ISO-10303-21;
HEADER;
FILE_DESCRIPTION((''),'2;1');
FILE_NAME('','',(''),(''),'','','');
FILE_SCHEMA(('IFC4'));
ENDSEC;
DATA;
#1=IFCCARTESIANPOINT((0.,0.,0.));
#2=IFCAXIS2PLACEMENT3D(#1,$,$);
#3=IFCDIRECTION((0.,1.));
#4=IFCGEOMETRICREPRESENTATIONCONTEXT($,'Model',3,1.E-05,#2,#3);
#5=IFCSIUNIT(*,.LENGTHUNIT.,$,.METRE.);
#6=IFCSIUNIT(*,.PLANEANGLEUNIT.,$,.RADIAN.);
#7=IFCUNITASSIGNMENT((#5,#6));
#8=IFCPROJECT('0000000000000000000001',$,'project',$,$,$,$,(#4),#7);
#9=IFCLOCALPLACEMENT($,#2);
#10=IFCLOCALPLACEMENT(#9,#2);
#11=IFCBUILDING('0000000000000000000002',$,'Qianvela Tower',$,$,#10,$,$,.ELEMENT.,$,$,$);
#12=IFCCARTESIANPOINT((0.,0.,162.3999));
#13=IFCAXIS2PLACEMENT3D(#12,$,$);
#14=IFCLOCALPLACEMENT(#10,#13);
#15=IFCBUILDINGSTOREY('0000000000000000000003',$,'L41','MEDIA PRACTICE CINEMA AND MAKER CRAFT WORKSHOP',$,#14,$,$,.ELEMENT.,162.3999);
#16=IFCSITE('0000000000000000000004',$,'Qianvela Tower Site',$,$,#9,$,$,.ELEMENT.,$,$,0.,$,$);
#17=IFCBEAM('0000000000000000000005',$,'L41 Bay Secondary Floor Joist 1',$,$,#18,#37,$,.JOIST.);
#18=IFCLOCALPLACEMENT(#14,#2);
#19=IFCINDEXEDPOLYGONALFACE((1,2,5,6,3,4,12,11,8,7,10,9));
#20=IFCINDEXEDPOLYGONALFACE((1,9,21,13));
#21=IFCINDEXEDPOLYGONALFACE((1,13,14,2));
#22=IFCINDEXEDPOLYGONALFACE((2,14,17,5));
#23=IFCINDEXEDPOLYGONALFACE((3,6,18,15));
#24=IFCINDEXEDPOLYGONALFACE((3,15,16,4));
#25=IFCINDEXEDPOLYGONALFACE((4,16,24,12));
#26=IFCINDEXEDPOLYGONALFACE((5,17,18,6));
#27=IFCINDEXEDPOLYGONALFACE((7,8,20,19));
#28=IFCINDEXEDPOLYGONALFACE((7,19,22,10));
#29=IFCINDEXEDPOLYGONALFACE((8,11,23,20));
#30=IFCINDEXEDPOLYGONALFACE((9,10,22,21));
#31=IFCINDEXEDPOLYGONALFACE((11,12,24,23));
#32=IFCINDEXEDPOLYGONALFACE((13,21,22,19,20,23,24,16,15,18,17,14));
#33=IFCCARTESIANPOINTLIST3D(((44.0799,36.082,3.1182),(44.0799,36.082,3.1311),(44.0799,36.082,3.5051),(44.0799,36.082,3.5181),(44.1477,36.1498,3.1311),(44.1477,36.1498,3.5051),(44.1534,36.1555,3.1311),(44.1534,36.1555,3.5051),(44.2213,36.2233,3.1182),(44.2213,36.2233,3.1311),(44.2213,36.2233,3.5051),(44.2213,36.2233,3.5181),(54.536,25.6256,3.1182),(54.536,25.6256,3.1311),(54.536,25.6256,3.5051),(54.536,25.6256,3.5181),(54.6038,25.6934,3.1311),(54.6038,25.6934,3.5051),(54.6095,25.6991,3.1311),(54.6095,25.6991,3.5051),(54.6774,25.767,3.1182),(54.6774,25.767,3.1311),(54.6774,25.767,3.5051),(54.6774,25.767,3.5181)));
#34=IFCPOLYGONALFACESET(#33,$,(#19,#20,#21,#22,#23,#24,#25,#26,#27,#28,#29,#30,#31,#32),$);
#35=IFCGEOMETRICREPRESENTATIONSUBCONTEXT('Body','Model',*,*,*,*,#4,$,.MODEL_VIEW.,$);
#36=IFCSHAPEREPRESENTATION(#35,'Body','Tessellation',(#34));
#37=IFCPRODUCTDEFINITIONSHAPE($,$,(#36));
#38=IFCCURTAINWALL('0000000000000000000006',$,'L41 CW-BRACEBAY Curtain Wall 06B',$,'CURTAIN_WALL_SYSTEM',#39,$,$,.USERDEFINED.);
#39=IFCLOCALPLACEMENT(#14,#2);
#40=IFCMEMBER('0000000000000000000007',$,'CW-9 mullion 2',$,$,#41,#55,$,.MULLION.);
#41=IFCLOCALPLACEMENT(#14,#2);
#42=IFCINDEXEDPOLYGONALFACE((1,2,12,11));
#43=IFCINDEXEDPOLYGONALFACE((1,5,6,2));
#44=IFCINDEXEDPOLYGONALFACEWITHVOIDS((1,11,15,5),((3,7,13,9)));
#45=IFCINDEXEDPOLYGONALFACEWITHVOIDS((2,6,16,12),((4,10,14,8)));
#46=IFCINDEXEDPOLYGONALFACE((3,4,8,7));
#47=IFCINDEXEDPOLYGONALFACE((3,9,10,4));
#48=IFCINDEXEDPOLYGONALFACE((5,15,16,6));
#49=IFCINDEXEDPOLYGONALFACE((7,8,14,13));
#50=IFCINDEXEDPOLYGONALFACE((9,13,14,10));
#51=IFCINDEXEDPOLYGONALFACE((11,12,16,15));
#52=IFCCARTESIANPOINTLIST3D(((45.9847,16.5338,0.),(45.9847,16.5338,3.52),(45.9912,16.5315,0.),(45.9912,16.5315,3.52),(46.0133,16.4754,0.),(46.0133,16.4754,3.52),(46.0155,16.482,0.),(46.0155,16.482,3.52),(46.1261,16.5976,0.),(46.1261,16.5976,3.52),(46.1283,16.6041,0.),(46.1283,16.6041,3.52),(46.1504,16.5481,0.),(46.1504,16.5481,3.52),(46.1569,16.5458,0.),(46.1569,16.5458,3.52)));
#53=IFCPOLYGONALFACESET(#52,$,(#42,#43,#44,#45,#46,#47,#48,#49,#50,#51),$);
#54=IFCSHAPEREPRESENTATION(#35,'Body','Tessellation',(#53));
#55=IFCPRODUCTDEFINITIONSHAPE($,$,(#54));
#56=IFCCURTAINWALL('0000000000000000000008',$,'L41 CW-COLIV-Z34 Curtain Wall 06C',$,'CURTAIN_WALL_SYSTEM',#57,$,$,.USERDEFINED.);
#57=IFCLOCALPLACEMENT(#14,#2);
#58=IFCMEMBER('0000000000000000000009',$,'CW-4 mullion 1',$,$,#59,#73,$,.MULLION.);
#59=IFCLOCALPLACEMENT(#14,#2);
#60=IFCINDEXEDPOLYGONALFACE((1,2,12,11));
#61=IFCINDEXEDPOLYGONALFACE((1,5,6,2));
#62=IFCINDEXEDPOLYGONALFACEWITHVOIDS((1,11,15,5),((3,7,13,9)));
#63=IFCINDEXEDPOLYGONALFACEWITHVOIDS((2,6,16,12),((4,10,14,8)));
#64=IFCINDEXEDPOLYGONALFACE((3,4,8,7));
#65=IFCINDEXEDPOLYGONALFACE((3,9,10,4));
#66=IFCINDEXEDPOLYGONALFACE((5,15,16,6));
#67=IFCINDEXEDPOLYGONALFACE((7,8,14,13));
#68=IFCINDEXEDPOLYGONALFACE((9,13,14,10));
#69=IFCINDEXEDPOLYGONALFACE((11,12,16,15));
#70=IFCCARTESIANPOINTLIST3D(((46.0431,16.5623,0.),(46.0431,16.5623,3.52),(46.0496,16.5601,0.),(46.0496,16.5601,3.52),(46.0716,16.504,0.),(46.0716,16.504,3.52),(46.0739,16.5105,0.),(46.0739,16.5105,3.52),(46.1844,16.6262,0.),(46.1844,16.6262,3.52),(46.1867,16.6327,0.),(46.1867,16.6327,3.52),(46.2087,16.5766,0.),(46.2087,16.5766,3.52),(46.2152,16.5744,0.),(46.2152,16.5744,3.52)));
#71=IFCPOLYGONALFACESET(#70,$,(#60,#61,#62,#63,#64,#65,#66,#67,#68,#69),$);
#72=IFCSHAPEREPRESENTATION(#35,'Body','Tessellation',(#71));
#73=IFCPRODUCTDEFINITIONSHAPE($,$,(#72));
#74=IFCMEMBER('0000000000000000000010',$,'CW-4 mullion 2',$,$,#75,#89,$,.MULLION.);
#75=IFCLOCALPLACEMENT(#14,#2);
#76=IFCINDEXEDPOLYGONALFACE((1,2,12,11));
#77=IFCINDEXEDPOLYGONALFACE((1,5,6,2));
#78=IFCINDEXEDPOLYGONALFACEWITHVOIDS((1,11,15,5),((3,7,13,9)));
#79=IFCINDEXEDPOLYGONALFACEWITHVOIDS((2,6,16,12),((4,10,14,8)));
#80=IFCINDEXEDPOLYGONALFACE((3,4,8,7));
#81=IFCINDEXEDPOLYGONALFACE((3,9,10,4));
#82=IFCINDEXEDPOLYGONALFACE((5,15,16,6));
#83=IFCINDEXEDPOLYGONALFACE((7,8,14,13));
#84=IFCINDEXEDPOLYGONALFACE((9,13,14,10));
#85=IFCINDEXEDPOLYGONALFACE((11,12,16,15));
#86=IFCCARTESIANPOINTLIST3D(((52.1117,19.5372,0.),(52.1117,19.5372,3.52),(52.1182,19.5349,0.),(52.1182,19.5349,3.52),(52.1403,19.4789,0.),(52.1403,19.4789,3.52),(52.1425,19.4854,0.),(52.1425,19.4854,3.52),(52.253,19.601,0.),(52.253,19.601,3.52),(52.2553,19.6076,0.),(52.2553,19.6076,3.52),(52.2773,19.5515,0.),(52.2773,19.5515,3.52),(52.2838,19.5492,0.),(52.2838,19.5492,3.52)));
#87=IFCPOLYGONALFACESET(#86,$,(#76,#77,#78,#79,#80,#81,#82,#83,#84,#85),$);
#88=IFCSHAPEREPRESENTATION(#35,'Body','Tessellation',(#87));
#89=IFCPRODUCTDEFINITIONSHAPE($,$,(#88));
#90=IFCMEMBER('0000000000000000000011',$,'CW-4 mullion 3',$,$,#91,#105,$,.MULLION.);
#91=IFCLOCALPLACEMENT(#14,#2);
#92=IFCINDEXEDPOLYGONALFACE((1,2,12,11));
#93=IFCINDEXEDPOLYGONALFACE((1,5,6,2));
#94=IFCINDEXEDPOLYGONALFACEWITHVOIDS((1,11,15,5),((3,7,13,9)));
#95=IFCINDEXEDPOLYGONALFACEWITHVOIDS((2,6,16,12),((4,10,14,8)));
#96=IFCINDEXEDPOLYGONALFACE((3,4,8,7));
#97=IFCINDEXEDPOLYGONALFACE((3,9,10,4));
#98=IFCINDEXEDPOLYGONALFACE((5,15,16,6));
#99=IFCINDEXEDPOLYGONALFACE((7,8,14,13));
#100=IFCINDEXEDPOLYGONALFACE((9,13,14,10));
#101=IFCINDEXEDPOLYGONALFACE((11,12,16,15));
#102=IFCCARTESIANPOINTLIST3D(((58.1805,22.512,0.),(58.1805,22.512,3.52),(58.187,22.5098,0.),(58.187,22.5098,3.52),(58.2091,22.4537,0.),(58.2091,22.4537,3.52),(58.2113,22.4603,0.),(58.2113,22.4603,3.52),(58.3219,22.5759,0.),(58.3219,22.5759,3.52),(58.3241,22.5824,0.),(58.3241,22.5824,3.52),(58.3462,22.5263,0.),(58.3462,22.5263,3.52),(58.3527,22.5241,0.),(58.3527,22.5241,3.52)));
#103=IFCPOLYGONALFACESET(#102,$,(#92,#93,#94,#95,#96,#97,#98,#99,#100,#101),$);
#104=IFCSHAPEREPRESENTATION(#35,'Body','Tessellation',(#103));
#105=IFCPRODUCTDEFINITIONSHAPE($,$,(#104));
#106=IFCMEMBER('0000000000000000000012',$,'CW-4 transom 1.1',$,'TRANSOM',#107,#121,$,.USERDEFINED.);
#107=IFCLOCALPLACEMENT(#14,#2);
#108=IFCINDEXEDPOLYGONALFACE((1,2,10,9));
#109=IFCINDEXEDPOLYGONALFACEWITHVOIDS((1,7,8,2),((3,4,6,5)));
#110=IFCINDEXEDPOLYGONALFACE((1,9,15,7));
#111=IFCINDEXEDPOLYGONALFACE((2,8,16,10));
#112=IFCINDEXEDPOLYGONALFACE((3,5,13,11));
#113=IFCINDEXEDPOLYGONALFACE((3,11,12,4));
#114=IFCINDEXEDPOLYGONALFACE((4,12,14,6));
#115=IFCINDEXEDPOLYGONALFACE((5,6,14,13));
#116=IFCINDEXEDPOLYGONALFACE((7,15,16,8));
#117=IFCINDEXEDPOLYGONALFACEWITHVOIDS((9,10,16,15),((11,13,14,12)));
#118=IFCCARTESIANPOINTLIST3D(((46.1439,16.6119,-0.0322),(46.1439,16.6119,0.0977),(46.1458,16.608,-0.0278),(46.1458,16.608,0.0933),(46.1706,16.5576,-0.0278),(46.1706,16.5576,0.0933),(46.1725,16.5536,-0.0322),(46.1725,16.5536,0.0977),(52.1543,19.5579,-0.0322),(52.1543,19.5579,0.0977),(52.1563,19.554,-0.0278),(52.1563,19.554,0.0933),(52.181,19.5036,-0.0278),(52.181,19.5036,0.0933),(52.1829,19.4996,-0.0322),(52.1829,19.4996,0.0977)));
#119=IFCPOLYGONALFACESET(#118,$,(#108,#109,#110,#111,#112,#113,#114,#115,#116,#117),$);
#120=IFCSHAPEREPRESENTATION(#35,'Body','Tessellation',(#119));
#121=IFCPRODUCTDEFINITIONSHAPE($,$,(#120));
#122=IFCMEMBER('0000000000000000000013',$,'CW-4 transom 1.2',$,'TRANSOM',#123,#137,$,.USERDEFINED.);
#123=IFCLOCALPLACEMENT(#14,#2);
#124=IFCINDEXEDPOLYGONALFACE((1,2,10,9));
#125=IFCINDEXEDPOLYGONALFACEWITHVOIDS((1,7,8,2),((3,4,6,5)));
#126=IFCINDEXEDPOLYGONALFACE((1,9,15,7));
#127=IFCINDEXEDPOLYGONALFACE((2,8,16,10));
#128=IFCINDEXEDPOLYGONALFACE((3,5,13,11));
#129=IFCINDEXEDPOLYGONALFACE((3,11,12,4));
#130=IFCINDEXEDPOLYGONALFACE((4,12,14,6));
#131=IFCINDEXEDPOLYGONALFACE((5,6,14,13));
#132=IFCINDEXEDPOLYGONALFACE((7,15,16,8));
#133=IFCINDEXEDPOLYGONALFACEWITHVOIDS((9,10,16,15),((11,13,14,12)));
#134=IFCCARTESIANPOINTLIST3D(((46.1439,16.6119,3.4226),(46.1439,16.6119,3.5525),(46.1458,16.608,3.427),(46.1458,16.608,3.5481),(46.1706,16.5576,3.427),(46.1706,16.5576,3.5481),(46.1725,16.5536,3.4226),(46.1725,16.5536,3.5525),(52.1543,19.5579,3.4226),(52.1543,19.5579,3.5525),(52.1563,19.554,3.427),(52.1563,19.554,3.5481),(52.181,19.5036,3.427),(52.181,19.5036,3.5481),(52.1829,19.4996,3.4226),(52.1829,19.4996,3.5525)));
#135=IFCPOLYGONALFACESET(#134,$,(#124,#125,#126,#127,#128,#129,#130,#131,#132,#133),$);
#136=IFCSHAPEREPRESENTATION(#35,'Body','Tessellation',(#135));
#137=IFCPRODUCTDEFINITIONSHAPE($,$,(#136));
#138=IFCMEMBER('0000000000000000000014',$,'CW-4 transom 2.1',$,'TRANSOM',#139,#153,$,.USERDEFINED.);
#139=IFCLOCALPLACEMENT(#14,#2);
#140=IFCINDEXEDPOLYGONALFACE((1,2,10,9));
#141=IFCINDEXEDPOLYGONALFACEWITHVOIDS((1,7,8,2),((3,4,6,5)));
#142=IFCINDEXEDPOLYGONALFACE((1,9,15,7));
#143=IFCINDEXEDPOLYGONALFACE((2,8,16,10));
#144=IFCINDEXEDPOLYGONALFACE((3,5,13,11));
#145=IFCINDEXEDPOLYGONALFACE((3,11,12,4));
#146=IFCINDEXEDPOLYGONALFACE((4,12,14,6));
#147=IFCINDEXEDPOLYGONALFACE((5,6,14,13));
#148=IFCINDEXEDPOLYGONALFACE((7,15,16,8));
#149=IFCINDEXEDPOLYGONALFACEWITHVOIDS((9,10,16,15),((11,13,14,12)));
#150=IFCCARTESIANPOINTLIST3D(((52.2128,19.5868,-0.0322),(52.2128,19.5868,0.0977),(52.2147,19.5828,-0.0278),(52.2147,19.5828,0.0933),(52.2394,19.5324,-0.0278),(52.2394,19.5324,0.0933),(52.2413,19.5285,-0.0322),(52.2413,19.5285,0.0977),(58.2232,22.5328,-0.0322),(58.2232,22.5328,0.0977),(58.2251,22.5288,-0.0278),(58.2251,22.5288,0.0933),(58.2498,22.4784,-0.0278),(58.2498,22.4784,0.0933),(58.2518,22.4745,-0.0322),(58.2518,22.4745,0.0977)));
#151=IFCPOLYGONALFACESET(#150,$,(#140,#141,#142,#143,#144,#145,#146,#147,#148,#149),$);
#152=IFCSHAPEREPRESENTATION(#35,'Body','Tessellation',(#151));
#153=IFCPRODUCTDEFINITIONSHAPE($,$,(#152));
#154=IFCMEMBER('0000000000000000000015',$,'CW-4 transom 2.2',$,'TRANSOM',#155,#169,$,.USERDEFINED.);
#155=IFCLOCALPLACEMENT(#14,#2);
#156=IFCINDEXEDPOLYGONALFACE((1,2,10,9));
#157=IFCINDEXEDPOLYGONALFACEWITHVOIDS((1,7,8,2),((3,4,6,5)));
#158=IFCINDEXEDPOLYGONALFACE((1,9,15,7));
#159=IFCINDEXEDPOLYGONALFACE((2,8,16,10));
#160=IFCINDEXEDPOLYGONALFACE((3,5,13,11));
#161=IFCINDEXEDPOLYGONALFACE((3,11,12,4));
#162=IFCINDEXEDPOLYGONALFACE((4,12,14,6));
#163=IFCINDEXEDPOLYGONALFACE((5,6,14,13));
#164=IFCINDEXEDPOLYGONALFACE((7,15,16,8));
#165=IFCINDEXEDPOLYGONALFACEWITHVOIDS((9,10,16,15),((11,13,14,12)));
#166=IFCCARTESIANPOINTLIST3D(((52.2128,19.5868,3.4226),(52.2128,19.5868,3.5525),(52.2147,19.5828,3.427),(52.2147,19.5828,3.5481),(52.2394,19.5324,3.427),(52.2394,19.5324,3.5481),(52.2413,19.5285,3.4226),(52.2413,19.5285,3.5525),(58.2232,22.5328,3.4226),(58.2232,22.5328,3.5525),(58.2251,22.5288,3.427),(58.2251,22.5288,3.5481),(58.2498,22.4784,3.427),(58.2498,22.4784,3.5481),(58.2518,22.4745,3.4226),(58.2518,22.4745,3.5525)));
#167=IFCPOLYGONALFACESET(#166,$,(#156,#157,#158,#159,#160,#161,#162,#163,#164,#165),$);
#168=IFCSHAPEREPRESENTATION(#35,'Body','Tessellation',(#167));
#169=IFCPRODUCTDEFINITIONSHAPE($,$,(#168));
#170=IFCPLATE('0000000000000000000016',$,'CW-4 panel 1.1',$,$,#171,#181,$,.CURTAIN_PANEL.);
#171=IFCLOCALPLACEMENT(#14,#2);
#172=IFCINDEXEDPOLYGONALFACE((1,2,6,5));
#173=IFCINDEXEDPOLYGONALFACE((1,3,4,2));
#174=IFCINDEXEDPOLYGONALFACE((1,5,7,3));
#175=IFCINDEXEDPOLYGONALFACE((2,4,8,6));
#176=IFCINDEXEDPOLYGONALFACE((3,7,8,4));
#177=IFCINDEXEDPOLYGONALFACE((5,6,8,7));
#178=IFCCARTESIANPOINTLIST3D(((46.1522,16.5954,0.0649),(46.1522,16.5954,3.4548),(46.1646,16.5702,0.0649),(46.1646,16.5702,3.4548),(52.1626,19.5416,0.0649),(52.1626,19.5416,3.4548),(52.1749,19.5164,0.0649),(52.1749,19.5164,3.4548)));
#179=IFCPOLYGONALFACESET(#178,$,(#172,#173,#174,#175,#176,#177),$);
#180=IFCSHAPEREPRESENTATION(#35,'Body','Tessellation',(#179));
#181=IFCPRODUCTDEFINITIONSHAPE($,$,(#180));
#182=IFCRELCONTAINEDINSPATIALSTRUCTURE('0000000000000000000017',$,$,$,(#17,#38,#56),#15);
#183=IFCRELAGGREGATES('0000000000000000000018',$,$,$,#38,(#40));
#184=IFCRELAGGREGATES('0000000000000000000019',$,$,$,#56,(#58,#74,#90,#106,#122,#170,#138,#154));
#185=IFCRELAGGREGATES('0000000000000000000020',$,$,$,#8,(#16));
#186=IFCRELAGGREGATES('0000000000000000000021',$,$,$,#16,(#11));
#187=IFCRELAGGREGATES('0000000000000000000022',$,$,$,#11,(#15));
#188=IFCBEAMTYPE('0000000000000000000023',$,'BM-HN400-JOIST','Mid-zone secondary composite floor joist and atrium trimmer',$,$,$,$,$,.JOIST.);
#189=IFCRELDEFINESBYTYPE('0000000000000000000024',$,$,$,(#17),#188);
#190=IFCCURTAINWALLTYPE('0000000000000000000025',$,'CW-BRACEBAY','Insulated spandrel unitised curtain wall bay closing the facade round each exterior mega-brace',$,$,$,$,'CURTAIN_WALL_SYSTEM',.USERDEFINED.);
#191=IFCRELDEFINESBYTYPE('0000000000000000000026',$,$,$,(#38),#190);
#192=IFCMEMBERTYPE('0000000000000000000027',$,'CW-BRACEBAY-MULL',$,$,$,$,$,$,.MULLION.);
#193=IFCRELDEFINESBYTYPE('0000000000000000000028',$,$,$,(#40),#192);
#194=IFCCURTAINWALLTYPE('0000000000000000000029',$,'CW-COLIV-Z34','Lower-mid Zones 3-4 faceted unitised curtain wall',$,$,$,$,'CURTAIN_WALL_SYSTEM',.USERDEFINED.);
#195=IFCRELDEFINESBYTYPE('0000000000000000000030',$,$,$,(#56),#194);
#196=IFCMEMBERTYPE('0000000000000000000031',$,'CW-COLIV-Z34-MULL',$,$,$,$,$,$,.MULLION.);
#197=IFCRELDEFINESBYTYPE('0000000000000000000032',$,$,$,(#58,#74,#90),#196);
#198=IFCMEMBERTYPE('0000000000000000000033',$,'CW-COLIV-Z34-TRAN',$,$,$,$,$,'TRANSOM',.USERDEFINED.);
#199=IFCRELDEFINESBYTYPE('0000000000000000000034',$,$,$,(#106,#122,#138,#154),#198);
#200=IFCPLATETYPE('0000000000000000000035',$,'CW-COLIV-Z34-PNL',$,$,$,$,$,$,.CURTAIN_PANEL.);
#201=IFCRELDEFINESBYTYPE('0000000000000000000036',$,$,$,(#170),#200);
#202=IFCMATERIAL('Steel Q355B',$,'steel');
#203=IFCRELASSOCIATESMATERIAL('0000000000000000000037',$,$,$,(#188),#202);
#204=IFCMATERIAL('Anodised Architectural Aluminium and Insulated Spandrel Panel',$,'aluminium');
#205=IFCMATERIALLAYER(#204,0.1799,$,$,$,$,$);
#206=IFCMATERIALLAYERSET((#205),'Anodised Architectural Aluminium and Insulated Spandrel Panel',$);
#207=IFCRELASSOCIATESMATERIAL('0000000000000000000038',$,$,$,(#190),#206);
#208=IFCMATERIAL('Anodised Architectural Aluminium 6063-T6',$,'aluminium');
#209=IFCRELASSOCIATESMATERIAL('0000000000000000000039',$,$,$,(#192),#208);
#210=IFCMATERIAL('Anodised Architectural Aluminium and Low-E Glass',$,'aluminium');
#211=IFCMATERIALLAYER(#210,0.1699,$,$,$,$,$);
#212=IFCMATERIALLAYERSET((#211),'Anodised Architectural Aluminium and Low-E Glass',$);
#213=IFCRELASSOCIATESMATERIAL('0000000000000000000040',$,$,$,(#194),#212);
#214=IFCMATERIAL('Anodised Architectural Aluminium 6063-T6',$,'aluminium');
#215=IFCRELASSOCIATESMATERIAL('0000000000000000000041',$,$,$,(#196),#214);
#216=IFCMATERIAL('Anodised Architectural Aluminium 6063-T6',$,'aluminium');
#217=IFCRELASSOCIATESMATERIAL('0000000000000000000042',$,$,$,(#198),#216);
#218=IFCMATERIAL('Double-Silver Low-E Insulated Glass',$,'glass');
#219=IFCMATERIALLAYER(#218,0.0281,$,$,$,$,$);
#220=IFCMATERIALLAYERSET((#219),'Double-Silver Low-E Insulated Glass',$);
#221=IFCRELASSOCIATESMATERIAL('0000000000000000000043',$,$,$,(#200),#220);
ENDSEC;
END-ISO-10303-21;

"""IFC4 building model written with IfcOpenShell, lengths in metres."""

from ifc_helpers import new_model, si_unit, direction, frame, origin, origin_2d, place, context, subcontext, project, spatial, rectangle, hollow_rectangle, i_section, extrude, material, layer, layer_set, material_profile, profile_set, type_object, element, aggregate, save


model = new_model("IFC4")

# Units and contexts
model_context = context("Model", 3, precision=1e-05, world=origin(), true_north=direction((0.0, 1.0)))
body_context = subcontext(model_context, "Body", "Model", "MODEL_VIEW")
ifc_project = project(units=[si_unit("LENGTHUNIT", "METRE"), si_unit("PLANEANGLEUNIT", "RADIAN")], contexts=[model_context])

# Site, building, storey
site_placement = place(None, origin())
site = spatial("IfcSite", under=ifc_project, at=site_placement, Name="Qianvela Tower Site", CompositionType="ELEMENT", RefElevation=0.0)
building_placement = place(site_placement, origin())
building = spatial("IfcBuilding", under=site, at=building_placement, Name="Qianvela Tower", CompositionType="ELEMENT")
storey_placement = place(building_placement, frame((0.0, 0.0, 162.3999)))
storey = spatial("IfcBuildingStorey", under=building, at=storey_placement, Name="L41", Description="MEDIA PRACTICE CINEMA AND MAKER CRAFT WORKSHOP", CompositionType="ELEMENT", Elevation=162.3999)

# Beam
ifc_material_1 = material(Name="Steel Q355B", Category="steel")
ifc_material_profile_1 = material_profile(ifc_material_1, i_section(OverallWidth=0.2, OverallDepth=0.3999, WebThickness=0.0081, FlangeThickness=0.0129, at=origin_2d()), Name="HN400x200x8x13")
ifc_profile_set_1 = profile_set([ifc_material_profile_1], Name="Steel Q355B")
beam_type = type_object("IfcBeamType", Name="BM-HN400-JOIST", Description="Mid-zone secondary composite floor joist and atrium trimmer", PredefinedType="JOIST", material=ifc_profile_set_1)
beam_placement = place(storey_placement, frame((54.6067, 25.6963, 3.3181), z_axis=(-0.707099, 0.707115, 0.0), x_axis=(-0.707115, -0.707099, 0.0)))
element("IfcBeam", 1, at=beam_placement, inside=storey, type_object=beam_type, Name="L41 Bay Secondary Floor Joist 1", PredefinedType="JOIST", context=body_context, shape_type="SweptSolid", body=[
    extrude(i_section(OverallWidth=0.2, OverallDepth=0.3999, WebThickness=0.0081, FlangeThickness=0.0129, at=origin_2d()), origin(), (0.0, 0.0, 1.0), 14.7874),
])

# Curtain wall, member
ifc_material_2 = material(Name="Anodised Architectural Aluminium and Insulated Spandrel Panel", Category="aluminium")
ifc_layer_1 = layer(ifc_material_2, 0.1799)
ifc_layer_set_1 = layer_set([ifc_layer_1], Name="Anodised Architectural Aluminium and Insulated Spandrel Panel")
curtain_wall_type_1 = type_object("IfcCurtainWallType", Name="CW-BRACEBAY", Description="Insulated spandrel unitised curtain wall bay closing the facade round each exterior mega-brace", ElementType="CURTAIN_WALL_SYSTEM", PredefinedType="USERDEFINED", material=ifc_layer_set_1)
curtain_wall_1_placement = place(storey_placement, origin())
curtain_wall_1 = element("IfcCurtainWall", 2, at=curtain_wall_1_placement, inside=storey, type_object=curtain_wall_type_1, Name="L41 CW-BRACEBAY Curtain Wall 06B", ObjectType="CURTAIN_WALL_SYSTEM", PredefinedType="USERDEFINED")
ifc_material_3 = material(Name="Anodised Architectural Aluminium 6063-T6", Category="aluminium")
ifc_material_profile_2 = material_profile(ifc_material_3, hollow_rectangle(XDim=0.0649, YDim=0.1599, WallThickness=0.0049, at=origin_2d()), Name="ALU-MULL-65x160")
ifc_profile_set_2 = profile_set([ifc_material_profile_2], Name="Anodised Architectural Aluminium 6063-T6")
member_type_1 = type_object("IfcMemberType", Name="CW-BRACEBAY-MULL", PredefinedType="MULLION", material=ifc_profile_set_2)
member_1_placement = place(storey_placement, frame((46.0708, 16.5398, 0.0), z_axis=(0.0, 0.0, 1.0), x_axis=(-0.440153, 0.897923, 0.0)))
member_1 = element("IfcMember", 3, at=member_1_placement, type_object=member_type_1, Name="CW-9 mullion 2", PredefinedType="MULLION", context=body_context, shape_type="SweptSolid", body=[
    extrude(hollow_rectangle(XDim=0.0649, YDim=0.1599, WallThickness=0.0049, at=origin_2d()), origin(), (0.0, 0.0, 1.0), 3.52),
])
aggregate(curtain_wall_1, [member_1])

# Curtain wall, members, plate
ifc_material_4 = material(Name="Anodised Architectural Aluminium and Low-E Glass", Category="aluminium")
ifc_layer_2 = layer(ifc_material_4, 0.1699)
ifc_layer_set_2 = layer_set([ifc_layer_2], Name="Anodised Architectural Aluminium and Low-E Glass")
curtain_wall_type_2 = type_object("IfcCurtainWallType", Name="CW-COLIV-Z34", Description="Lower-mid Zones 3-4 faceted unitised curtain wall", ElementType="CURTAIN_WALL_SYSTEM", PredefinedType="USERDEFINED", material=ifc_layer_set_2)
curtain_wall_2_placement = place(storey_placement, origin())
curtain_wall_2 = element("IfcCurtainWall", 4, at=curtain_wall_2_placement, inside=storey, type_object=curtain_wall_type_2, Name="L41 CW-COLIV-Z34 Curtain Wall 06C", ObjectType="CURTAIN_WALL_SYSTEM", PredefinedType="USERDEFINED")
ifc_material_5 = material(Name="Anodised Architectural Aluminium 6063-T6", Category="aluminium")
ifc_material_profile_3 = material_profile(ifc_material_5, hollow_rectangle(XDim=0.0649, YDim=0.1599, WallThickness=0.0049, at=origin_2d()), Name="ALU-MULL-65x160")
ifc_profile_set_3 = profile_set([ifc_material_profile_3], Name="Anodised Architectural Aluminium 6063-T6")
member_type_2 = type_object("IfcMemberType", Name="CW-COLIV-Z34-MULL", PredefinedType="MULLION", material=ifc_profile_set_3)
member_2_placement = place(storey_placement, frame((46.1292, 16.5684, 0.0), z_axis=(0.0, 0.0, 1.0), x_axis=(-0.440146, 0.897926, 0.0)))
member_2 = element("IfcMember", 5, at=member_2_placement, type_object=member_type_2, Name="CW-4 mullion 1", PredefinedType="MULLION", context=body_context, shape_type="SweptSolid", body=[
    extrude(hollow_rectangle(XDim=0.0649, YDim=0.1599, WallThickness=0.0049, at=origin_2d()), origin(), (0.0, 0.0, 1.0), 3.52),
])
member_3_placement = place(storey_placement, frame((52.1978, 19.5432, 0.0), z_axis=(0.0, 0.0, 1.0), x_axis=(-0.440146, 0.897926, 0.0)))
member_3 = element("IfcMember", 6, at=member_3_placement, type_object=member_type_2, Name="CW-4 mullion 2", PredefinedType="MULLION", context=body_context, shape_type="SweptSolid", body=[
    extrude(hollow_rectangle(XDim=0.0649, YDim=0.1599, WallThickness=0.0049, at=origin_2d()), origin(), (0.0, 0.0, 1.0), 3.52),
])
member_4_placement = place(storey_placement, frame((58.2666, 22.5181, 0.0), z_axis=(0.0, 0.0, 1.0), x_axis=(-0.440146, 0.897926, 0.0)))
member_4 = element("IfcMember", 7, at=member_4_placement, type_object=member_type_2, Name="CW-4 mullion 3", PredefinedType="MULLION", context=body_context, shape_type="SweptSolid", body=[
    extrude(hollow_rectangle(XDim=0.0649, YDim=0.1599, WallThickness=0.0049, at=origin_2d()), origin(), (0.0, 0.0, 1.0), 3.52),
])
ifc_material_6 = material(Name="Anodised Architectural Aluminium 6063-T6", Category="aluminium")
ifc_material_profile_4 = material_profile(ifc_material_6, hollow_rectangle(XDim=0.0649, YDim=0.1299, WallThickness=0.0044, at=origin_2d()), Name="ALU-TRAN-65x130")
ifc_profile_set_4 = profile_set([ifc_material_profile_4], Name="Anodised Architectural Aluminium 6063-T6")
member_type_3 = type_object("IfcMemberType", Name="CW-COLIV-Z34-TRAN", ElementType="TRANSOM", PredefinedType="USERDEFINED", material=ifc_profile_set_4)
member_5_placement = place(storey_placement, frame((46.1582, 16.5828, 0.0327), z_axis=(0.897937, 0.440124, 0.0), x_axis=(-0.440124, 0.897937, 0.0)))
member_5 = element("IfcMember", 8, at=member_5_placement, type_object=member_type_3, Name="CW-4 transom 1.1", ObjectType="TRANSOM", PredefinedType="USERDEFINED", context=body_context, shape_type="SweptSolid", body=[
    extrude(hollow_rectangle(XDim=0.0649, YDim=0.1299, WallThickness=0.0044, at=origin_2d()), origin(), (0.0, 0.0, 1.0), 6.6936),
])
member_6_placement = place(storey_placement, frame((46.1582, 16.5828, 3.4875), z_axis=(0.897937, 0.440124, 0.0), x_axis=(-0.440124, 0.897937, 0.0)))
member_6 = element("IfcMember", 9, at=member_6_placement, type_object=member_type_3, Name="CW-4 transom 1.2", ObjectType="TRANSOM", PredefinedType="USERDEFINED", context=body_context, shape_type="SweptSolid", body=[
    extrude(hollow_rectangle(XDim=0.0649, YDim=0.1299, WallThickness=0.0044, at=origin_2d()), origin(), (0.0, 0.0, 1.0), 6.6936),
])
member_7_placement = place(storey_placement, frame((52.2271, 19.5576, 0.0327), z_axis=(0.897937, 0.440124, 0.0), x_axis=(-0.440124, 0.897937, 0.0)))
member_7 = element("IfcMember", 10, at=member_7_placement, type_object=member_type_3, Name="CW-4 transom 2.1", ObjectType="TRANSOM", PredefinedType="USERDEFINED", context=body_context, shape_type="SweptSolid", body=[
    extrude(hollow_rectangle(XDim=0.0649, YDim=0.1299, WallThickness=0.0044, at=origin_2d()), origin(), (0.0, 0.0, 1.0), 6.6936),
])
member_8_placement = place(storey_placement, frame((52.2271, 19.5576, 3.4875), z_axis=(0.897937, 0.440124, 0.0), x_axis=(-0.440124, 0.897937, 0.0)))
member_8 = element("IfcMember", 11, at=member_8_placement, type_object=member_type_3, Name="CW-4 transom 2.2", ObjectType="TRANSOM", PredefinedType="USERDEFINED", context=body_context, shape_type="SweptSolid", body=[
    extrude(hollow_rectangle(XDim=0.0649, YDim=0.1299, WallThickness=0.0044, at=origin_2d()), origin(), (0.0, 0.0, 1.0), 6.6936),
])
ifc_material_7 = material(Name="Double-Silver Low-E Insulated Glass", Category="glass")
ifc_layer_3 = layer(ifc_material_7, 0.0281)
ifc_layer_set_3 = layer_set([ifc_layer_3], Name="Double-Silver Low-E Insulated Glass")
plate_type_1 = type_object("IfcPlateType", Name="CW-COLIV-Z34-PNL", PredefinedType="CURTAIN_PANEL", material=ifc_layer_set_3)
plate_1_placement = place(storey_placement, frame((49.1636, 18.0559, 0.0649), z_axis=(0.0, 0.0, 1.0), x_axis=(0.897926, 0.440146, 0.0)))
plate_1 = element("IfcPlate", 12, at=plate_1_placement, type_object=plate_type_1, Name="CW-4 panel 1.1", PredefinedType="CURTAIN_PANEL", context=body_context, shape_type="SweptSolid", body=[
    extrude(rectangle(XDim=6.6936, YDim=0.0281, at=origin_2d()), origin(), (0.0, 0.0, 1.0), 3.3899),
])
aggregate(curtain_wall_2, [member_2, member_3, member_4, member_5, member_6, plate_1, member_7, member_8])

save(model, "model.ifc")
